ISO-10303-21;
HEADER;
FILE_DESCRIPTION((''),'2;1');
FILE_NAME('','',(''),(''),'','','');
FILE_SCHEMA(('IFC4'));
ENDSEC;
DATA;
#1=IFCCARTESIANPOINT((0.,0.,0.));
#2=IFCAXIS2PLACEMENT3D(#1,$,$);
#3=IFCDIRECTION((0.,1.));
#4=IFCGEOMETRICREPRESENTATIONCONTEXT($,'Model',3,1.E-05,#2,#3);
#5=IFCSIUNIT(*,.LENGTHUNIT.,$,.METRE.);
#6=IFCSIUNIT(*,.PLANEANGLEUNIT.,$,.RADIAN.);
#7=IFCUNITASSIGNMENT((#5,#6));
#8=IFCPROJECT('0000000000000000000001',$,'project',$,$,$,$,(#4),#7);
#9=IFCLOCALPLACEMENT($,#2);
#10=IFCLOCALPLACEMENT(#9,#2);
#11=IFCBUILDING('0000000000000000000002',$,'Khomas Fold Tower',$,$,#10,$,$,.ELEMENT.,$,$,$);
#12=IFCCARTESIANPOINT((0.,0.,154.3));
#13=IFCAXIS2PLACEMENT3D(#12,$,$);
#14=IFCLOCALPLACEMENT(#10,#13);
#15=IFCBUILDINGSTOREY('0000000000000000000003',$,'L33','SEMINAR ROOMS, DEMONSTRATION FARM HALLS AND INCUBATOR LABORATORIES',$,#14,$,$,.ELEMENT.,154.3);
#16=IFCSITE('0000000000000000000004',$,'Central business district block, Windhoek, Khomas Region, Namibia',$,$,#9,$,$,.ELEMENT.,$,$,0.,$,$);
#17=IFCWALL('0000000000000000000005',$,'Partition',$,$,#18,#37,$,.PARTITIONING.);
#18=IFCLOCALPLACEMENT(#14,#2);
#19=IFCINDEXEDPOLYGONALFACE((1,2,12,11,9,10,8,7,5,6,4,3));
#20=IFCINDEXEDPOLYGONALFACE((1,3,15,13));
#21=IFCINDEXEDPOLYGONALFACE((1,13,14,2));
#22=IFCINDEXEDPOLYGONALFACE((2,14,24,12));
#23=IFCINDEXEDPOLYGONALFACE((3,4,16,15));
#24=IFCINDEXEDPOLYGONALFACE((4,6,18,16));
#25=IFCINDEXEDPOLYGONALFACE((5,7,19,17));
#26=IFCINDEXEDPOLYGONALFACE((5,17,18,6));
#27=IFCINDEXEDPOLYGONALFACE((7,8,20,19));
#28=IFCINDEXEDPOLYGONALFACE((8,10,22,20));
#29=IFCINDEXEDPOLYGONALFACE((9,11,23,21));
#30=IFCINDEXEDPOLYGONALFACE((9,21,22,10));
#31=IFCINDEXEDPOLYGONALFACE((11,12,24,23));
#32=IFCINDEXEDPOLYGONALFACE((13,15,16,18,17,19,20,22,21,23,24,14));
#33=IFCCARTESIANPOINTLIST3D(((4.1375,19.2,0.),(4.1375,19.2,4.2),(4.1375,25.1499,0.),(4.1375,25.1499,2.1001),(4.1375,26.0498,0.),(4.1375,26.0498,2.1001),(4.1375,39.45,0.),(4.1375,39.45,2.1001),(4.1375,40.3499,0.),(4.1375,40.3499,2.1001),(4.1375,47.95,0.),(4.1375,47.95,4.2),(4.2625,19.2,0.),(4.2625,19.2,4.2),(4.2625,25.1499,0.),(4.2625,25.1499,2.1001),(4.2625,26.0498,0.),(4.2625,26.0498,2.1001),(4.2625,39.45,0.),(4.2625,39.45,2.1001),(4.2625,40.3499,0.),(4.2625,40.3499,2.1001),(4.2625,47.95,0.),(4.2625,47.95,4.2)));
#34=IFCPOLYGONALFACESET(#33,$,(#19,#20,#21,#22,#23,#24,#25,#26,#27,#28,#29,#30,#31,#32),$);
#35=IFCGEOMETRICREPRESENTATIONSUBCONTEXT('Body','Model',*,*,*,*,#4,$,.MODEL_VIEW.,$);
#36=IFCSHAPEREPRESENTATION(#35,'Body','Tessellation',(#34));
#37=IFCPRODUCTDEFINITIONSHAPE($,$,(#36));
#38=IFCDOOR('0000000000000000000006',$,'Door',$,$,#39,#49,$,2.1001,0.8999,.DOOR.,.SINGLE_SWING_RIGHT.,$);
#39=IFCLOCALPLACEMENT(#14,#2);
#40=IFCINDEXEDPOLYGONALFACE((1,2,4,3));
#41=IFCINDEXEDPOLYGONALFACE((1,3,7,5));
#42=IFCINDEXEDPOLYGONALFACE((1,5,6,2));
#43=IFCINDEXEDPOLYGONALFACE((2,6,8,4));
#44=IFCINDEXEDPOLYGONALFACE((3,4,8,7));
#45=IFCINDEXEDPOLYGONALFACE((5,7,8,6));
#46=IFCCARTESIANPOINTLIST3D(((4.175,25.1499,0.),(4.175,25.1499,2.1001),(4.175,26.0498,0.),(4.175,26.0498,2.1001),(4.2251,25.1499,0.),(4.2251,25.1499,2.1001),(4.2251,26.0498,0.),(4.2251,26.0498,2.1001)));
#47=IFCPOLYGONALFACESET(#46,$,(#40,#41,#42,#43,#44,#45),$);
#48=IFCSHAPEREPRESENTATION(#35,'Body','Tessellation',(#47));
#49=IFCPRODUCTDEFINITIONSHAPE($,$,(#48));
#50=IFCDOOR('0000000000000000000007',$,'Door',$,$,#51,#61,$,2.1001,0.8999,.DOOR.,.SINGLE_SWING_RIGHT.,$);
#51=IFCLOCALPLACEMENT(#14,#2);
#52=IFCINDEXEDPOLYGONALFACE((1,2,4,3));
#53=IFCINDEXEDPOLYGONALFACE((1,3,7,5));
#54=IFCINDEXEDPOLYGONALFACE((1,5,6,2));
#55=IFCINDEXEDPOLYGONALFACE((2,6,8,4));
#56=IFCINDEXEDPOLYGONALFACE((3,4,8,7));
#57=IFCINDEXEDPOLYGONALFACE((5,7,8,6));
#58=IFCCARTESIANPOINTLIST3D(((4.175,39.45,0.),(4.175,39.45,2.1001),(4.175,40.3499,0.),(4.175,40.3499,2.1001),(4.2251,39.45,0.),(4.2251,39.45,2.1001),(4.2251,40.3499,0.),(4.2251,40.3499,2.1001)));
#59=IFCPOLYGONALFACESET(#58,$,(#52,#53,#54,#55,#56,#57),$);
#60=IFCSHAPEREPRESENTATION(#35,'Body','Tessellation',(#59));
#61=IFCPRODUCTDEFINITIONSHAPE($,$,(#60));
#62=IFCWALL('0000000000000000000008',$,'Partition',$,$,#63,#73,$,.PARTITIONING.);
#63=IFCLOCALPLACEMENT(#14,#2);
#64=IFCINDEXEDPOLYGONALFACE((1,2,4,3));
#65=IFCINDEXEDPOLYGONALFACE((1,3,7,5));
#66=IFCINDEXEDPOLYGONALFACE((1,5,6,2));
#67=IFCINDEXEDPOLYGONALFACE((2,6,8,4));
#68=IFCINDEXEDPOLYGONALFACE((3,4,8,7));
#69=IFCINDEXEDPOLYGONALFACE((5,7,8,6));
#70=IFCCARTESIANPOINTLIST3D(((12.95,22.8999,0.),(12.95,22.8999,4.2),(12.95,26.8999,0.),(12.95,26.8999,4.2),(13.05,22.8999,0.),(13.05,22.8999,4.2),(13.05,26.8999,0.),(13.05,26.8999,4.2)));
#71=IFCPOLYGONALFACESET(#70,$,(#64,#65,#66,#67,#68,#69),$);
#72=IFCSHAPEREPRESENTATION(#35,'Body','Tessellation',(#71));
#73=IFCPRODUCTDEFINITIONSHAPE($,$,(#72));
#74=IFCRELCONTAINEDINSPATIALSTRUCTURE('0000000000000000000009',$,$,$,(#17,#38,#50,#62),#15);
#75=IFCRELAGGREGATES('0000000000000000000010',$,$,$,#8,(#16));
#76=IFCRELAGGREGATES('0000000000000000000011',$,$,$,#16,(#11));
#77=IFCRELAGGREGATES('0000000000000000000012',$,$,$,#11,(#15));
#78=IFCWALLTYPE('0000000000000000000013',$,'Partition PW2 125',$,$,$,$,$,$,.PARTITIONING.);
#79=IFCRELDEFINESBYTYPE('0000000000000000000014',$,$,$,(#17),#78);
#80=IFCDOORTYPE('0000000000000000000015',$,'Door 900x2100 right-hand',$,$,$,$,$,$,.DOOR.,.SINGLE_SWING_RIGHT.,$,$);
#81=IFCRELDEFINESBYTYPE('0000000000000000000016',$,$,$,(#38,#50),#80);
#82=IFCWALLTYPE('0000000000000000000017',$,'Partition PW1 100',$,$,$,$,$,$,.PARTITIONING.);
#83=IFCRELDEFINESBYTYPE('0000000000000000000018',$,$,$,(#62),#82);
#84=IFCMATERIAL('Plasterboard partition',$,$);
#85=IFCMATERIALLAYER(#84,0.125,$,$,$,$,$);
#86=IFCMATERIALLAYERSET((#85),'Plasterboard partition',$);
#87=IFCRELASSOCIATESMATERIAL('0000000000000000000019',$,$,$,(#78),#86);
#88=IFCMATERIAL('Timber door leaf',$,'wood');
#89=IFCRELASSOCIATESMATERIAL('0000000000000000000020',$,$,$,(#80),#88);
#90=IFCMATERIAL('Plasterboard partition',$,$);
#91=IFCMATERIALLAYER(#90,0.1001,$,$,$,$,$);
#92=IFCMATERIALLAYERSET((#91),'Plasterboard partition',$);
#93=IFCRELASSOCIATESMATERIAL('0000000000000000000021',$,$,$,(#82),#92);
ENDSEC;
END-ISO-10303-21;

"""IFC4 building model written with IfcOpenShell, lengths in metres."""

from ifc_helpers import new_model, si_unit, direction, frame, frame_2d, origin, place, context, subcontext, project, spatial, rectangle, extrude, source, transform, mapped, material, layer, layer_set, type_object, element, fill, save


model = new_model("IFC4")

# Units and contexts
model_context = context("Model", 3, precision=1e-05, world=origin(), true_north=direction((0.0, 1.0)))
body_context = subcontext(model_context, "Body", "Model", "MODEL_VIEW")
ifc_project = project(units=[si_unit("LENGTHUNIT", "METRE"), si_unit("PLANEANGLEUNIT", "RADIAN")], contexts=[model_context])

# Site, building, storey
site_placement = place(None, origin())
site = spatial("IfcSite", under=ifc_project, at=site_placement, Name="Central business district block, Windhoek, Khomas Region, Namibia", CompositionType="ELEMENT", RefElevation=0.0)
building_placement = place(site_placement, origin())
building = spatial("IfcBuilding", under=site, at=building_placement, Name="Khomas Fold Tower", CompositionType="ELEMENT")
storey_placement = place(building_placement, frame((0.0, 0.0, 154.3)))
storey = spatial("IfcBuildingStorey", under=building, at=storey_placement, Name="L33", Description="SEMINAR ROOMS, DEMONSTRATION FARM HALLS AND INCUBATOR LABORATORIES", CompositionType="ELEMENT", Elevation=154.3)

# Wall, openings, doors
ifc_material_1 = material(Name="Plasterboard partition")
ifc_layer_1 = layer(ifc_material_1, 0.125)
ifc_layer_set_1 = layer_set([ifc_layer_1], Name="Plasterboard partition")
wall_type_1 = type_object("IfcWallType", Name="Partition PW2 125", PredefinedType="PARTITIONING", material=ifc_layer_set_1)
shared_shape_1 = source(origin(), body_context, "Body", "SweptSolid", [
    extrude(rectangle(XDim=28.75, YDim=0.125, at=frame_2d((14.375, 0.0))), origin(), (0.0, 0.0, 1.0), 4.2),
])
wall_1_placement = place(storey_placement, frame((4.2, 19.2, 0.0), z_axis=(0.0, 0.0, 1.0), x_axis=(0.0, 1.0, 0.0)))
wall_1 = element("IfcWall", 1, at=wall_1_placement, inside=storey, type_object=wall_type_1, Name="Partition", PredefinedType="PARTITIONING", context=body_context, shape_type="MappedRepresentation", body=[
    mapped(shared_shape_1, transform((0.0, 0.0, 0.0))),
])
shared_shape_2 = source(origin(), body_context, "Body", "SweptSolid", [
    extrude(rectangle(XDim=0.8999, YDim=2.1001, at=frame_2d((0.45, 1.05))), frame((0.0, 0.0725, 0.0), z_axis=(0.0, -1.0, 0.0), x_axis=(1.0, 0.0, 0.0)), (0.0, 0.0, 1.0), 0.145),
])
opening_1_placement = place(wall_1_placement, frame((5.95, 0.0, 0.0)))
opening_1 = element("IfcOpeningElement", 2, at=opening_1_placement, cuts=wall_1, PredefinedType="OPENING", context=body_context, shape_type="MappedRepresentation", body=[
    mapped(shared_shape_2, transform((0.0, 0.0, 0.0))),
])
opening_2_placement = place(wall_1_placement, frame((20.25, 0.0, 0.0)))
opening_2 = element("IfcOpeningElement", 3, at=opening_2_placement, cuts=wall_1, PredefinedType="OPENING", context=body_context, shape_type="MappedRepresentation", body=[
    mapped(shared_shape_2, transform((0.0, 0.0, 0.0))),
])
ifc_material_2 = material(Name="Timber door leaf", Category="wood")
door_type_1 = type_object("IfcDoorType", Name="Door 900x2100 right-hand", OperationType="SINGLE_SWING_RIGHT", PredefinedType="DOOR", material=ifc_material_2)
shared_shape_3 = source(origin(), body_context, "Body", "SweptSolid", [
    extrude(rectangle(XDim=0.8999, YDim=2.1001, at=frame_2d((0.45, 1.05))), frame((0.0, 0.0249, 0.0), z_axis=(0.0, -1.0, 0.0), x_axis=(1.0, 0.0, 0.0)), (0.0, 0.0, 1.0), 0.05),
])
door_1_placement = place(opening_1_placement, origin())
door_1 = element("IfcDoor", 4, at=door_1_placement, inside=storey, type_object=door_type_1, Name="Door", OperationType="SINGLE_SWING_RIGHT", OverallHeight=2.1001, OverallWidth=0.8999, PredefinedType="DOOR", context=body_context, shape_type="MappedRepresentation", body=[
    mapped(shared_shape_3, transform((0.0, 0.0, 0.0))),
])
fill(opening_1, door_1)
door_2_placement = place(opening_2_placement, origin())
door_2 = element("IfcDoor", 5, at=door_2_placement, inside=storey, type_object=door_type_1, Name="Door", OperationType="SINGLE_SWING_RIGHT", OverallHeight=2.1001, OverallWidth=0.8999, PredefinedType="DOOR", context=body_context, shape_type="MappedRepresentation", body=[
    mapped(shared_shape_3, transform((0.0, 0.0, 0.0))),
])
fill(opening_2, door_2)

# Wall
ifc_material_3 = material(Name="Plasterboard partition")
ifc_layer_2 = layer(ifc_material_3, 0.1001)
ifc_layer_set_2 = layer_set([ifc_layer_2], Name="Plasterboard partition")
wall_type_2 = type_object("IfcWallType", Name="Partition PW1 100", PredefinedType="PARTITIONING", material=ifc_layer_set_2)
shared_shape_4 = source(origin(), body_context, "Body", "SweptSolid", [
    extrude(rectangle(XDim=4.0, YDim=0.1001, at=frame_2d((2.0, 0.0))), origin(), (0.0, 0.0, 1.0), 4.2),
])
wall_2_placement = place(storey_placement, frame((13.0, 22.8999, 0.0), z_axis=(0.0, 0.0, 1.0), x_axis=(0.0, 1.0, 0.0)))
element("IfcWall", 6, at=wall_2_placement, inside=storey, type_object=wall_type_2, Name="Partition", PredefinedType="PARTITIONING", context=body_context, shape_type="MappedRepresentation", body=[
    mapped(shared_shape_4, transform((0.0, 0.0, 0.0))),
])

save(model, "model.ifc")
